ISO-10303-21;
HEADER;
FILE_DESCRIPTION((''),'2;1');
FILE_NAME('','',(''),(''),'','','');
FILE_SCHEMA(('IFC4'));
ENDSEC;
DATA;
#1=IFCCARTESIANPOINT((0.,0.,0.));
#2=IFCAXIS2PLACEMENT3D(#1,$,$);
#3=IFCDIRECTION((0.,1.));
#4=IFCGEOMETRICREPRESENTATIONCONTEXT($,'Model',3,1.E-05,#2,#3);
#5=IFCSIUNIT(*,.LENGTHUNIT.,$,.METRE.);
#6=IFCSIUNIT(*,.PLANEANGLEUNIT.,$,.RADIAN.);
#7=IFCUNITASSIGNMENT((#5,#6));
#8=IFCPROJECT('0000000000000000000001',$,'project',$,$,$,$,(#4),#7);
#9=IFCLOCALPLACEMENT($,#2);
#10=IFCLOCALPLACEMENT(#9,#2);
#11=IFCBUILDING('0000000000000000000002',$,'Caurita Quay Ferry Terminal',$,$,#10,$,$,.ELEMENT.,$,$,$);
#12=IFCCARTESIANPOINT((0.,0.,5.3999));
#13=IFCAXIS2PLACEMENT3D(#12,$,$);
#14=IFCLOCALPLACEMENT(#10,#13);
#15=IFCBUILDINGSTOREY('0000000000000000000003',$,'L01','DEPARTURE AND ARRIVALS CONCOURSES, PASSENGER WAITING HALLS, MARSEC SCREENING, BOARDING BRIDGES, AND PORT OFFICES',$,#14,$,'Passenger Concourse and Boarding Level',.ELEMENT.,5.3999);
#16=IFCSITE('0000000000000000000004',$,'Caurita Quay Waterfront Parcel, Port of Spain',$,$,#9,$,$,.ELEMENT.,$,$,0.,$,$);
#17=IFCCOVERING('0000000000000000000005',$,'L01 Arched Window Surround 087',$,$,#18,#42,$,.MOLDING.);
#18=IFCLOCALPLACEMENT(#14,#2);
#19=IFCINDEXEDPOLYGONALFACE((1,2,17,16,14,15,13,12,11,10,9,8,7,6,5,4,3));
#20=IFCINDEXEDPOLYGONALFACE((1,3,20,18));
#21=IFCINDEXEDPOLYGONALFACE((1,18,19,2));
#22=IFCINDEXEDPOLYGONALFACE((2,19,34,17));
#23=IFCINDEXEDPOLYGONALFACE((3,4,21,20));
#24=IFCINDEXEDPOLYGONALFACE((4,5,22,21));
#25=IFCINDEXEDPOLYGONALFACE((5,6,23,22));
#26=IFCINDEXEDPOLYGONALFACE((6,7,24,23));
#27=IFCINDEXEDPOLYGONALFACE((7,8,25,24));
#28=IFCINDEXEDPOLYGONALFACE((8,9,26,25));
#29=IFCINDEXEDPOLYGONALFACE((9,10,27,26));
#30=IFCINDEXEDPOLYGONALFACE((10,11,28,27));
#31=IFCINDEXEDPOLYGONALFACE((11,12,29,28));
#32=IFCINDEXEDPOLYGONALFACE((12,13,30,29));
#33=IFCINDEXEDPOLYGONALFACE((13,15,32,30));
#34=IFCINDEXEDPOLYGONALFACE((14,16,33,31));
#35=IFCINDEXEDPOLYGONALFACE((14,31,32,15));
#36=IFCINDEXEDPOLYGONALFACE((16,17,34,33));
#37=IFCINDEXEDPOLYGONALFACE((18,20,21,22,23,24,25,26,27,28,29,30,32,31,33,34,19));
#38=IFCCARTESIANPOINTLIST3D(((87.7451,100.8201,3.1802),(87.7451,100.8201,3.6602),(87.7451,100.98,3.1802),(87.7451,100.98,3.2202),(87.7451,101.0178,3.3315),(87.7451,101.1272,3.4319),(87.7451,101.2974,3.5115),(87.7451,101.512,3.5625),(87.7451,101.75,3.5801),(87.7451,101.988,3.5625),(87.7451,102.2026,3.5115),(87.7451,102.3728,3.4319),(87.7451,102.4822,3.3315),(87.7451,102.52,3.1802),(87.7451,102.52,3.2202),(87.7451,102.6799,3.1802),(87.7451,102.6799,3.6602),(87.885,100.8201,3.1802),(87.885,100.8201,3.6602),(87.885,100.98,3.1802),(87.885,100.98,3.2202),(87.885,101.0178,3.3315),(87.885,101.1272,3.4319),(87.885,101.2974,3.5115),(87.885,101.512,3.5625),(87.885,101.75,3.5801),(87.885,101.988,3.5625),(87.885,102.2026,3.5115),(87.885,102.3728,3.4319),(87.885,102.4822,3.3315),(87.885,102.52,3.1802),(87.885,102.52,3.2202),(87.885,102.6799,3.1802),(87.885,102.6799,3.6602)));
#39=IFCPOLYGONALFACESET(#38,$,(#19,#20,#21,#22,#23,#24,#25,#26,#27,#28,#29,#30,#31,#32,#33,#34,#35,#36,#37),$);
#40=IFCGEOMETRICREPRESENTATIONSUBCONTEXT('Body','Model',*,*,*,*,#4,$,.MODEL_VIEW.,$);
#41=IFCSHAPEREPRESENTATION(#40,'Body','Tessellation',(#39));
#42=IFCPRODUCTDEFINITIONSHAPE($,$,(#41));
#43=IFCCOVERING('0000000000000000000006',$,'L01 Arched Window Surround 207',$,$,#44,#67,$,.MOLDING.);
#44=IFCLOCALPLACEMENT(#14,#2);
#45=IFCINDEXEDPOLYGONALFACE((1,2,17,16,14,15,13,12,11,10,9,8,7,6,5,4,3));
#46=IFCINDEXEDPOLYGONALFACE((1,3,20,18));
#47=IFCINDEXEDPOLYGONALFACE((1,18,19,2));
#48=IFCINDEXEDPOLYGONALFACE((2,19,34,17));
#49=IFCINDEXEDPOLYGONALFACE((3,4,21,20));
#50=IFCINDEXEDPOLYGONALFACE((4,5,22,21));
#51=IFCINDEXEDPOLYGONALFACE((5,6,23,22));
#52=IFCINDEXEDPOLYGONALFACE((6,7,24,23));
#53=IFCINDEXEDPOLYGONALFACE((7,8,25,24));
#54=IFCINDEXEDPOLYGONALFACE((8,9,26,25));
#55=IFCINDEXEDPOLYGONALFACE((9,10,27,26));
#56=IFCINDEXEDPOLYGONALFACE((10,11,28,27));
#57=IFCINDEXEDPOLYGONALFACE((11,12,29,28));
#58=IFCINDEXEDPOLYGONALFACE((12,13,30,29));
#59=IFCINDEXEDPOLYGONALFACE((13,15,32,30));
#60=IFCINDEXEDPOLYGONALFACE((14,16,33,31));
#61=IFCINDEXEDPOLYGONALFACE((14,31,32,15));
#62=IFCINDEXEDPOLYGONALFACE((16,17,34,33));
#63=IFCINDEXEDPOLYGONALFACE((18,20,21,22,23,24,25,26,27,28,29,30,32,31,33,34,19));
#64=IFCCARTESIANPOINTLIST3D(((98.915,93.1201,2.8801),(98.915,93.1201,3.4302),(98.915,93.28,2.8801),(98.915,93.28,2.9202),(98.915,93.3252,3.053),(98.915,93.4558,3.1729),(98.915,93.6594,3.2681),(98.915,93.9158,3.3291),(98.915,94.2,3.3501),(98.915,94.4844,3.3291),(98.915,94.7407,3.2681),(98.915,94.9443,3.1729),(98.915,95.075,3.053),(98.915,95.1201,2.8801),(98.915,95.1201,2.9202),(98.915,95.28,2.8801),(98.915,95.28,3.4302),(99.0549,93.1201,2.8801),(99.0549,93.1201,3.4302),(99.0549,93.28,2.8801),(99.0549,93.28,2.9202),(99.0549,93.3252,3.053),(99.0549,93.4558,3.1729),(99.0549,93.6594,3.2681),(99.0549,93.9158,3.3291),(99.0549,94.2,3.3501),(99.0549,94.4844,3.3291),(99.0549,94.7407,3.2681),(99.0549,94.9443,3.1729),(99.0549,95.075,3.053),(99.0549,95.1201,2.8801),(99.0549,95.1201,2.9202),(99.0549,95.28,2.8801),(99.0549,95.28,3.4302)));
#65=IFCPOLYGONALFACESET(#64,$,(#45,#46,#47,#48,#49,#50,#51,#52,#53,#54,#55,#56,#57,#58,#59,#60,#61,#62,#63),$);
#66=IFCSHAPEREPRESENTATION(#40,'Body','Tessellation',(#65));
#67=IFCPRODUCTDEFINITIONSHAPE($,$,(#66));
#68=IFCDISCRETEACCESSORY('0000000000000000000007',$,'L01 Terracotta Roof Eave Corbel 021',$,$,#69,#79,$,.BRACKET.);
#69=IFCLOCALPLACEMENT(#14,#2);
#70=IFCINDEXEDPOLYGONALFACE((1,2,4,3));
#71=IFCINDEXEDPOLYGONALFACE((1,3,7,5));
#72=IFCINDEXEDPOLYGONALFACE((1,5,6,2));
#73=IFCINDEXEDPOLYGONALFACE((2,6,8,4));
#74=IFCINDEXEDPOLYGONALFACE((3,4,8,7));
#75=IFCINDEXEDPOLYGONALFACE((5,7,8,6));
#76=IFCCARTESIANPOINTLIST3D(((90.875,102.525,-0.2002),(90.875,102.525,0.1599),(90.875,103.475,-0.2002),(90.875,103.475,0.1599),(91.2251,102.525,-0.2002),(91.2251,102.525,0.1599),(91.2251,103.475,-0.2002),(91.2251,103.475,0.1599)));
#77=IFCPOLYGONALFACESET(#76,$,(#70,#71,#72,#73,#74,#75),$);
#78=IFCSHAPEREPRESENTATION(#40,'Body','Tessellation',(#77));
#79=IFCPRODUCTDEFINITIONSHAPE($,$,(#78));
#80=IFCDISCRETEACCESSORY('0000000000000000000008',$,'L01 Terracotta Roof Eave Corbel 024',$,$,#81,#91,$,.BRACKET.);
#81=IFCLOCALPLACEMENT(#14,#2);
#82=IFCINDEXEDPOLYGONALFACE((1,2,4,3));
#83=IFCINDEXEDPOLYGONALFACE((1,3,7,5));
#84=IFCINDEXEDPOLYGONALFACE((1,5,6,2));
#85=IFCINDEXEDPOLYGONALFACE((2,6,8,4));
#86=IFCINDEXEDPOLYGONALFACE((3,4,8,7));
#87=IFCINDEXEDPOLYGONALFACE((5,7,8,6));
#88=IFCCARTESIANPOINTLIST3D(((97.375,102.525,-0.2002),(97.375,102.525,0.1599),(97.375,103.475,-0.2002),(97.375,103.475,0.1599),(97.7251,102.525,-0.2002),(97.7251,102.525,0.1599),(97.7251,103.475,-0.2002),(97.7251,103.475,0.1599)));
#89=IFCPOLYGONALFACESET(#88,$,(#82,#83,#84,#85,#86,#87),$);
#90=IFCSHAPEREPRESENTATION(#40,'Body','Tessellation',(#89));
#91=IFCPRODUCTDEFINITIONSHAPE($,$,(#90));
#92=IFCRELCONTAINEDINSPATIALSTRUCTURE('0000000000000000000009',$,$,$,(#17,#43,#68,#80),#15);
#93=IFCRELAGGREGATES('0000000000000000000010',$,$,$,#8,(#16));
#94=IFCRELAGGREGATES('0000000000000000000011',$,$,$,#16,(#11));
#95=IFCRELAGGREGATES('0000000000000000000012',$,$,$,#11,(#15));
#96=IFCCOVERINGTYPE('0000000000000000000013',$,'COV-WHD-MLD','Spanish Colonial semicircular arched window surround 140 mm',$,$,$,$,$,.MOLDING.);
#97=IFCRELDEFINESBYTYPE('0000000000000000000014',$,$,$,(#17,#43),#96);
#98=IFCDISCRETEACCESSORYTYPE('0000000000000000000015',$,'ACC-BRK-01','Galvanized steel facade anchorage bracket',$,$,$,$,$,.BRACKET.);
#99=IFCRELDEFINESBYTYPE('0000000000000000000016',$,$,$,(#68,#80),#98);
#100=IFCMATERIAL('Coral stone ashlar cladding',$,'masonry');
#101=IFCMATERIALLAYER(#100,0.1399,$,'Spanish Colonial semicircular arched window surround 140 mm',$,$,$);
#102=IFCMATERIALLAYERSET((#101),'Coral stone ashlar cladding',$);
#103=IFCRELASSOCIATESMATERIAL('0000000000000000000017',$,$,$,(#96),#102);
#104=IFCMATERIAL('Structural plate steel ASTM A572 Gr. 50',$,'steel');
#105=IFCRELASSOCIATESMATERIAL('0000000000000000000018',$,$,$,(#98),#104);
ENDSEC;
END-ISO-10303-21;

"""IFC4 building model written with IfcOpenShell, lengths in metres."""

from ifc_helpers import new_model, si_unit, direction, frame, origin, origin_2d, place, context, subcontext, project, spatial, polyline, rectangle, outline, extrude, material, layer, layer_set, type_object, element, save


model = new_model("IFC4")

# Units and contexts
model_context = context("Model", 3, precision=1e-05, world=origin(), true_north=direction((0.0, 1.0)))
body_context = subcontext(model_context, "Body", "Model", "MODEL_VIEW")
ifc_project = project(units=[si_unit("LENGTHUNIT", "METRE"), si_unit("PLANEANGLEUNIT", "RADIAN")], contexts=[model_context])

# Site, building, storey
site_placement = place(None, origin())
site = spatial("IfcSite", under=ifc_project, at=site_placement, Name="Caurita Quay Waterfront Parcel, Port of Spain", CompositionType="ELEMENT", RefElevation=0.0)
building_placement = place(site_placement, origin())
building = spatial("IfcBuilding", under=site, at=building_placement, Name="Caurita Quay Ferry Terminal", CompositionType="ELEMENT")
storey_placement = place(building_placement, frame((0.0, 0.0, 5.3999)))
storey = spatial("IfcBuildingStorey", under=building, at=storey_placement, Name="L01", Description="DEPARTURE AND ARRIVALS CONCOURSES, PASSENGER WAITING HALLS, MARSEC SCREENING, BOARDING BRIDGES, AND PORT OFFICES", LongName="Passenger Concourse and Boarding Level", CompositionType="ELEMENT", Elevation=5.3999)

# Coverings
ifc_material_1 = material(Name="Coral stone ashlar cladding", Category="masonry")
ifc_layer_1 = layer(ifc_material_1, 0.1399, Name="Spanish Colonial semicircular arched window surround 140 mm")
ifc_layer_set_1 = layer_set([ifc_layer_1], Name="Coral stone ashlar cladding")
covering_type_1 = type_object("IfcCoveringType", Name="COV-WHD-MLD", Description="Spanish Colonial semicircular arched window surround 140 mm", PredefinedType="MOLDING", material=ifc_layer_set_1)
covering_1_placement = place(storey_placement, frame((87.8149, 100.8201, 3.1802), z_axis=(0.0, 0.0, 1.0), x_axis=(0.0, 1.0, 0.0)))
element("IfcCovering", 1, at=covering_1_placement, inside=storey, type_object=covering_type_1, Name="L01 Arched Window Surround 087", PredefinedType="MOLDING", context=body_context, shape_type="SweptSolid", body=[
    extrude(outline(polyline([(0.0, 0.0), (0.1599, 0.0), (0.1599, 0.04), (0.1978, 0.1514), (0.3071, 0.2517), (0.4773, 0.3313), (0.6919, 0.3823), (0.9299, 0.3999), (1.168, 0.3823), (1.3826, 0.3313), (1.5527, 0.2517), (1.6621, 0.1514), (1.7, 0.04), (1.7, 0.0), (1.8599, 0.0), (1.8599, 0.48), (0.0, 0.48), (0.0, 0.0)])), frame((0.0, 0.0698, 0.0), z_axis=(0.0, -1.0, 0.0), x_axis=(1.0, 0.0, 0.0)), (0.0, 0.0, 1.0), 0.1399),
])
covering_2_placement = place(storey_placement, frame((98.9851, 95.28, 2.8801), z_axis=(0.0, 0.0, 1.0), x_axis=(0.0, -1.0, 0.0)))
element("IfcCovering", 2, at=covering_2_placement, inside=storey, type_object=covering_type_1, Name="L01 Arched Window Surround 207", PredefinedType="MOLDING", context=body_context, shape_type="SweptSolid", body=[
    extrude(outline(polyline([(0.0, 0.0), (0.1599, 0.0), (0.1599, 0.04), (0.2051, 0.1729), (0.3357, 0.2927), (0.5393, 0.3879), (0.7957, 0.449), (1.0801, 0.47), (1.3643, 0.449), (1.6206, 0.3879), (1.8242, 0.2927), (1.9548, 0.1729), (2.0, 0.04), (2.0, 0.0), (2.1599, 0.0), (2.1599, 0.55), (0.0, 0.55), (0.0, 0.0)])), frame((0.0, 0.0698, 0.0), z_axis=(0.0, -1.0, 0.0), x_axis=(1.0, 0.0, 0.0)), (0.0, 0.0, 1.0), 0.1399),
])

# Discrete accessories
ifc_material_2 = material(Name="Structural plate steel ASTM A572 Gr. 50", Category="steel")
discrete_accessory_type = type_object("IfcDiscreteAccessoryType", Name="ACC-BRK-01", Description="Galvanized steel facade anchorage bracket", PredefinedType="BRACKET", material=ifc_material_2)
for number, where, z_axis, x_axis, name in (
    (3, (91.05, 103.0, -0.2002), (0.0, 0.0, 1.0), (1.0, 0.0, 0.0), "L01 Terracotta Roof Eave Corbel 021"),
    (4, (97.55, 103.0, -0.2002), (0.0, 0.0, 1.0), (1.0, 0.0, 0.0), "L01 Terracotta Roof Eave Corbel 024"),
):
    element("IfcDiscreteAccessory", number, at=place(storey_placement, frame(where, z_axis=z_axis, x_axis=x_axis)), inside=storey, type_object=discrete_accessory_type, Name=name, PredefinedType="BRACKET", context=body_context, shape_type="SweptSolid", body=[
        extrude(rectangle(XDim=0.3501, YDim=0.95, at=origin_2d()), origin(), (0.0, 0.0, 1.0), 0.3601),
    ])

save(model, "model.ifc")
